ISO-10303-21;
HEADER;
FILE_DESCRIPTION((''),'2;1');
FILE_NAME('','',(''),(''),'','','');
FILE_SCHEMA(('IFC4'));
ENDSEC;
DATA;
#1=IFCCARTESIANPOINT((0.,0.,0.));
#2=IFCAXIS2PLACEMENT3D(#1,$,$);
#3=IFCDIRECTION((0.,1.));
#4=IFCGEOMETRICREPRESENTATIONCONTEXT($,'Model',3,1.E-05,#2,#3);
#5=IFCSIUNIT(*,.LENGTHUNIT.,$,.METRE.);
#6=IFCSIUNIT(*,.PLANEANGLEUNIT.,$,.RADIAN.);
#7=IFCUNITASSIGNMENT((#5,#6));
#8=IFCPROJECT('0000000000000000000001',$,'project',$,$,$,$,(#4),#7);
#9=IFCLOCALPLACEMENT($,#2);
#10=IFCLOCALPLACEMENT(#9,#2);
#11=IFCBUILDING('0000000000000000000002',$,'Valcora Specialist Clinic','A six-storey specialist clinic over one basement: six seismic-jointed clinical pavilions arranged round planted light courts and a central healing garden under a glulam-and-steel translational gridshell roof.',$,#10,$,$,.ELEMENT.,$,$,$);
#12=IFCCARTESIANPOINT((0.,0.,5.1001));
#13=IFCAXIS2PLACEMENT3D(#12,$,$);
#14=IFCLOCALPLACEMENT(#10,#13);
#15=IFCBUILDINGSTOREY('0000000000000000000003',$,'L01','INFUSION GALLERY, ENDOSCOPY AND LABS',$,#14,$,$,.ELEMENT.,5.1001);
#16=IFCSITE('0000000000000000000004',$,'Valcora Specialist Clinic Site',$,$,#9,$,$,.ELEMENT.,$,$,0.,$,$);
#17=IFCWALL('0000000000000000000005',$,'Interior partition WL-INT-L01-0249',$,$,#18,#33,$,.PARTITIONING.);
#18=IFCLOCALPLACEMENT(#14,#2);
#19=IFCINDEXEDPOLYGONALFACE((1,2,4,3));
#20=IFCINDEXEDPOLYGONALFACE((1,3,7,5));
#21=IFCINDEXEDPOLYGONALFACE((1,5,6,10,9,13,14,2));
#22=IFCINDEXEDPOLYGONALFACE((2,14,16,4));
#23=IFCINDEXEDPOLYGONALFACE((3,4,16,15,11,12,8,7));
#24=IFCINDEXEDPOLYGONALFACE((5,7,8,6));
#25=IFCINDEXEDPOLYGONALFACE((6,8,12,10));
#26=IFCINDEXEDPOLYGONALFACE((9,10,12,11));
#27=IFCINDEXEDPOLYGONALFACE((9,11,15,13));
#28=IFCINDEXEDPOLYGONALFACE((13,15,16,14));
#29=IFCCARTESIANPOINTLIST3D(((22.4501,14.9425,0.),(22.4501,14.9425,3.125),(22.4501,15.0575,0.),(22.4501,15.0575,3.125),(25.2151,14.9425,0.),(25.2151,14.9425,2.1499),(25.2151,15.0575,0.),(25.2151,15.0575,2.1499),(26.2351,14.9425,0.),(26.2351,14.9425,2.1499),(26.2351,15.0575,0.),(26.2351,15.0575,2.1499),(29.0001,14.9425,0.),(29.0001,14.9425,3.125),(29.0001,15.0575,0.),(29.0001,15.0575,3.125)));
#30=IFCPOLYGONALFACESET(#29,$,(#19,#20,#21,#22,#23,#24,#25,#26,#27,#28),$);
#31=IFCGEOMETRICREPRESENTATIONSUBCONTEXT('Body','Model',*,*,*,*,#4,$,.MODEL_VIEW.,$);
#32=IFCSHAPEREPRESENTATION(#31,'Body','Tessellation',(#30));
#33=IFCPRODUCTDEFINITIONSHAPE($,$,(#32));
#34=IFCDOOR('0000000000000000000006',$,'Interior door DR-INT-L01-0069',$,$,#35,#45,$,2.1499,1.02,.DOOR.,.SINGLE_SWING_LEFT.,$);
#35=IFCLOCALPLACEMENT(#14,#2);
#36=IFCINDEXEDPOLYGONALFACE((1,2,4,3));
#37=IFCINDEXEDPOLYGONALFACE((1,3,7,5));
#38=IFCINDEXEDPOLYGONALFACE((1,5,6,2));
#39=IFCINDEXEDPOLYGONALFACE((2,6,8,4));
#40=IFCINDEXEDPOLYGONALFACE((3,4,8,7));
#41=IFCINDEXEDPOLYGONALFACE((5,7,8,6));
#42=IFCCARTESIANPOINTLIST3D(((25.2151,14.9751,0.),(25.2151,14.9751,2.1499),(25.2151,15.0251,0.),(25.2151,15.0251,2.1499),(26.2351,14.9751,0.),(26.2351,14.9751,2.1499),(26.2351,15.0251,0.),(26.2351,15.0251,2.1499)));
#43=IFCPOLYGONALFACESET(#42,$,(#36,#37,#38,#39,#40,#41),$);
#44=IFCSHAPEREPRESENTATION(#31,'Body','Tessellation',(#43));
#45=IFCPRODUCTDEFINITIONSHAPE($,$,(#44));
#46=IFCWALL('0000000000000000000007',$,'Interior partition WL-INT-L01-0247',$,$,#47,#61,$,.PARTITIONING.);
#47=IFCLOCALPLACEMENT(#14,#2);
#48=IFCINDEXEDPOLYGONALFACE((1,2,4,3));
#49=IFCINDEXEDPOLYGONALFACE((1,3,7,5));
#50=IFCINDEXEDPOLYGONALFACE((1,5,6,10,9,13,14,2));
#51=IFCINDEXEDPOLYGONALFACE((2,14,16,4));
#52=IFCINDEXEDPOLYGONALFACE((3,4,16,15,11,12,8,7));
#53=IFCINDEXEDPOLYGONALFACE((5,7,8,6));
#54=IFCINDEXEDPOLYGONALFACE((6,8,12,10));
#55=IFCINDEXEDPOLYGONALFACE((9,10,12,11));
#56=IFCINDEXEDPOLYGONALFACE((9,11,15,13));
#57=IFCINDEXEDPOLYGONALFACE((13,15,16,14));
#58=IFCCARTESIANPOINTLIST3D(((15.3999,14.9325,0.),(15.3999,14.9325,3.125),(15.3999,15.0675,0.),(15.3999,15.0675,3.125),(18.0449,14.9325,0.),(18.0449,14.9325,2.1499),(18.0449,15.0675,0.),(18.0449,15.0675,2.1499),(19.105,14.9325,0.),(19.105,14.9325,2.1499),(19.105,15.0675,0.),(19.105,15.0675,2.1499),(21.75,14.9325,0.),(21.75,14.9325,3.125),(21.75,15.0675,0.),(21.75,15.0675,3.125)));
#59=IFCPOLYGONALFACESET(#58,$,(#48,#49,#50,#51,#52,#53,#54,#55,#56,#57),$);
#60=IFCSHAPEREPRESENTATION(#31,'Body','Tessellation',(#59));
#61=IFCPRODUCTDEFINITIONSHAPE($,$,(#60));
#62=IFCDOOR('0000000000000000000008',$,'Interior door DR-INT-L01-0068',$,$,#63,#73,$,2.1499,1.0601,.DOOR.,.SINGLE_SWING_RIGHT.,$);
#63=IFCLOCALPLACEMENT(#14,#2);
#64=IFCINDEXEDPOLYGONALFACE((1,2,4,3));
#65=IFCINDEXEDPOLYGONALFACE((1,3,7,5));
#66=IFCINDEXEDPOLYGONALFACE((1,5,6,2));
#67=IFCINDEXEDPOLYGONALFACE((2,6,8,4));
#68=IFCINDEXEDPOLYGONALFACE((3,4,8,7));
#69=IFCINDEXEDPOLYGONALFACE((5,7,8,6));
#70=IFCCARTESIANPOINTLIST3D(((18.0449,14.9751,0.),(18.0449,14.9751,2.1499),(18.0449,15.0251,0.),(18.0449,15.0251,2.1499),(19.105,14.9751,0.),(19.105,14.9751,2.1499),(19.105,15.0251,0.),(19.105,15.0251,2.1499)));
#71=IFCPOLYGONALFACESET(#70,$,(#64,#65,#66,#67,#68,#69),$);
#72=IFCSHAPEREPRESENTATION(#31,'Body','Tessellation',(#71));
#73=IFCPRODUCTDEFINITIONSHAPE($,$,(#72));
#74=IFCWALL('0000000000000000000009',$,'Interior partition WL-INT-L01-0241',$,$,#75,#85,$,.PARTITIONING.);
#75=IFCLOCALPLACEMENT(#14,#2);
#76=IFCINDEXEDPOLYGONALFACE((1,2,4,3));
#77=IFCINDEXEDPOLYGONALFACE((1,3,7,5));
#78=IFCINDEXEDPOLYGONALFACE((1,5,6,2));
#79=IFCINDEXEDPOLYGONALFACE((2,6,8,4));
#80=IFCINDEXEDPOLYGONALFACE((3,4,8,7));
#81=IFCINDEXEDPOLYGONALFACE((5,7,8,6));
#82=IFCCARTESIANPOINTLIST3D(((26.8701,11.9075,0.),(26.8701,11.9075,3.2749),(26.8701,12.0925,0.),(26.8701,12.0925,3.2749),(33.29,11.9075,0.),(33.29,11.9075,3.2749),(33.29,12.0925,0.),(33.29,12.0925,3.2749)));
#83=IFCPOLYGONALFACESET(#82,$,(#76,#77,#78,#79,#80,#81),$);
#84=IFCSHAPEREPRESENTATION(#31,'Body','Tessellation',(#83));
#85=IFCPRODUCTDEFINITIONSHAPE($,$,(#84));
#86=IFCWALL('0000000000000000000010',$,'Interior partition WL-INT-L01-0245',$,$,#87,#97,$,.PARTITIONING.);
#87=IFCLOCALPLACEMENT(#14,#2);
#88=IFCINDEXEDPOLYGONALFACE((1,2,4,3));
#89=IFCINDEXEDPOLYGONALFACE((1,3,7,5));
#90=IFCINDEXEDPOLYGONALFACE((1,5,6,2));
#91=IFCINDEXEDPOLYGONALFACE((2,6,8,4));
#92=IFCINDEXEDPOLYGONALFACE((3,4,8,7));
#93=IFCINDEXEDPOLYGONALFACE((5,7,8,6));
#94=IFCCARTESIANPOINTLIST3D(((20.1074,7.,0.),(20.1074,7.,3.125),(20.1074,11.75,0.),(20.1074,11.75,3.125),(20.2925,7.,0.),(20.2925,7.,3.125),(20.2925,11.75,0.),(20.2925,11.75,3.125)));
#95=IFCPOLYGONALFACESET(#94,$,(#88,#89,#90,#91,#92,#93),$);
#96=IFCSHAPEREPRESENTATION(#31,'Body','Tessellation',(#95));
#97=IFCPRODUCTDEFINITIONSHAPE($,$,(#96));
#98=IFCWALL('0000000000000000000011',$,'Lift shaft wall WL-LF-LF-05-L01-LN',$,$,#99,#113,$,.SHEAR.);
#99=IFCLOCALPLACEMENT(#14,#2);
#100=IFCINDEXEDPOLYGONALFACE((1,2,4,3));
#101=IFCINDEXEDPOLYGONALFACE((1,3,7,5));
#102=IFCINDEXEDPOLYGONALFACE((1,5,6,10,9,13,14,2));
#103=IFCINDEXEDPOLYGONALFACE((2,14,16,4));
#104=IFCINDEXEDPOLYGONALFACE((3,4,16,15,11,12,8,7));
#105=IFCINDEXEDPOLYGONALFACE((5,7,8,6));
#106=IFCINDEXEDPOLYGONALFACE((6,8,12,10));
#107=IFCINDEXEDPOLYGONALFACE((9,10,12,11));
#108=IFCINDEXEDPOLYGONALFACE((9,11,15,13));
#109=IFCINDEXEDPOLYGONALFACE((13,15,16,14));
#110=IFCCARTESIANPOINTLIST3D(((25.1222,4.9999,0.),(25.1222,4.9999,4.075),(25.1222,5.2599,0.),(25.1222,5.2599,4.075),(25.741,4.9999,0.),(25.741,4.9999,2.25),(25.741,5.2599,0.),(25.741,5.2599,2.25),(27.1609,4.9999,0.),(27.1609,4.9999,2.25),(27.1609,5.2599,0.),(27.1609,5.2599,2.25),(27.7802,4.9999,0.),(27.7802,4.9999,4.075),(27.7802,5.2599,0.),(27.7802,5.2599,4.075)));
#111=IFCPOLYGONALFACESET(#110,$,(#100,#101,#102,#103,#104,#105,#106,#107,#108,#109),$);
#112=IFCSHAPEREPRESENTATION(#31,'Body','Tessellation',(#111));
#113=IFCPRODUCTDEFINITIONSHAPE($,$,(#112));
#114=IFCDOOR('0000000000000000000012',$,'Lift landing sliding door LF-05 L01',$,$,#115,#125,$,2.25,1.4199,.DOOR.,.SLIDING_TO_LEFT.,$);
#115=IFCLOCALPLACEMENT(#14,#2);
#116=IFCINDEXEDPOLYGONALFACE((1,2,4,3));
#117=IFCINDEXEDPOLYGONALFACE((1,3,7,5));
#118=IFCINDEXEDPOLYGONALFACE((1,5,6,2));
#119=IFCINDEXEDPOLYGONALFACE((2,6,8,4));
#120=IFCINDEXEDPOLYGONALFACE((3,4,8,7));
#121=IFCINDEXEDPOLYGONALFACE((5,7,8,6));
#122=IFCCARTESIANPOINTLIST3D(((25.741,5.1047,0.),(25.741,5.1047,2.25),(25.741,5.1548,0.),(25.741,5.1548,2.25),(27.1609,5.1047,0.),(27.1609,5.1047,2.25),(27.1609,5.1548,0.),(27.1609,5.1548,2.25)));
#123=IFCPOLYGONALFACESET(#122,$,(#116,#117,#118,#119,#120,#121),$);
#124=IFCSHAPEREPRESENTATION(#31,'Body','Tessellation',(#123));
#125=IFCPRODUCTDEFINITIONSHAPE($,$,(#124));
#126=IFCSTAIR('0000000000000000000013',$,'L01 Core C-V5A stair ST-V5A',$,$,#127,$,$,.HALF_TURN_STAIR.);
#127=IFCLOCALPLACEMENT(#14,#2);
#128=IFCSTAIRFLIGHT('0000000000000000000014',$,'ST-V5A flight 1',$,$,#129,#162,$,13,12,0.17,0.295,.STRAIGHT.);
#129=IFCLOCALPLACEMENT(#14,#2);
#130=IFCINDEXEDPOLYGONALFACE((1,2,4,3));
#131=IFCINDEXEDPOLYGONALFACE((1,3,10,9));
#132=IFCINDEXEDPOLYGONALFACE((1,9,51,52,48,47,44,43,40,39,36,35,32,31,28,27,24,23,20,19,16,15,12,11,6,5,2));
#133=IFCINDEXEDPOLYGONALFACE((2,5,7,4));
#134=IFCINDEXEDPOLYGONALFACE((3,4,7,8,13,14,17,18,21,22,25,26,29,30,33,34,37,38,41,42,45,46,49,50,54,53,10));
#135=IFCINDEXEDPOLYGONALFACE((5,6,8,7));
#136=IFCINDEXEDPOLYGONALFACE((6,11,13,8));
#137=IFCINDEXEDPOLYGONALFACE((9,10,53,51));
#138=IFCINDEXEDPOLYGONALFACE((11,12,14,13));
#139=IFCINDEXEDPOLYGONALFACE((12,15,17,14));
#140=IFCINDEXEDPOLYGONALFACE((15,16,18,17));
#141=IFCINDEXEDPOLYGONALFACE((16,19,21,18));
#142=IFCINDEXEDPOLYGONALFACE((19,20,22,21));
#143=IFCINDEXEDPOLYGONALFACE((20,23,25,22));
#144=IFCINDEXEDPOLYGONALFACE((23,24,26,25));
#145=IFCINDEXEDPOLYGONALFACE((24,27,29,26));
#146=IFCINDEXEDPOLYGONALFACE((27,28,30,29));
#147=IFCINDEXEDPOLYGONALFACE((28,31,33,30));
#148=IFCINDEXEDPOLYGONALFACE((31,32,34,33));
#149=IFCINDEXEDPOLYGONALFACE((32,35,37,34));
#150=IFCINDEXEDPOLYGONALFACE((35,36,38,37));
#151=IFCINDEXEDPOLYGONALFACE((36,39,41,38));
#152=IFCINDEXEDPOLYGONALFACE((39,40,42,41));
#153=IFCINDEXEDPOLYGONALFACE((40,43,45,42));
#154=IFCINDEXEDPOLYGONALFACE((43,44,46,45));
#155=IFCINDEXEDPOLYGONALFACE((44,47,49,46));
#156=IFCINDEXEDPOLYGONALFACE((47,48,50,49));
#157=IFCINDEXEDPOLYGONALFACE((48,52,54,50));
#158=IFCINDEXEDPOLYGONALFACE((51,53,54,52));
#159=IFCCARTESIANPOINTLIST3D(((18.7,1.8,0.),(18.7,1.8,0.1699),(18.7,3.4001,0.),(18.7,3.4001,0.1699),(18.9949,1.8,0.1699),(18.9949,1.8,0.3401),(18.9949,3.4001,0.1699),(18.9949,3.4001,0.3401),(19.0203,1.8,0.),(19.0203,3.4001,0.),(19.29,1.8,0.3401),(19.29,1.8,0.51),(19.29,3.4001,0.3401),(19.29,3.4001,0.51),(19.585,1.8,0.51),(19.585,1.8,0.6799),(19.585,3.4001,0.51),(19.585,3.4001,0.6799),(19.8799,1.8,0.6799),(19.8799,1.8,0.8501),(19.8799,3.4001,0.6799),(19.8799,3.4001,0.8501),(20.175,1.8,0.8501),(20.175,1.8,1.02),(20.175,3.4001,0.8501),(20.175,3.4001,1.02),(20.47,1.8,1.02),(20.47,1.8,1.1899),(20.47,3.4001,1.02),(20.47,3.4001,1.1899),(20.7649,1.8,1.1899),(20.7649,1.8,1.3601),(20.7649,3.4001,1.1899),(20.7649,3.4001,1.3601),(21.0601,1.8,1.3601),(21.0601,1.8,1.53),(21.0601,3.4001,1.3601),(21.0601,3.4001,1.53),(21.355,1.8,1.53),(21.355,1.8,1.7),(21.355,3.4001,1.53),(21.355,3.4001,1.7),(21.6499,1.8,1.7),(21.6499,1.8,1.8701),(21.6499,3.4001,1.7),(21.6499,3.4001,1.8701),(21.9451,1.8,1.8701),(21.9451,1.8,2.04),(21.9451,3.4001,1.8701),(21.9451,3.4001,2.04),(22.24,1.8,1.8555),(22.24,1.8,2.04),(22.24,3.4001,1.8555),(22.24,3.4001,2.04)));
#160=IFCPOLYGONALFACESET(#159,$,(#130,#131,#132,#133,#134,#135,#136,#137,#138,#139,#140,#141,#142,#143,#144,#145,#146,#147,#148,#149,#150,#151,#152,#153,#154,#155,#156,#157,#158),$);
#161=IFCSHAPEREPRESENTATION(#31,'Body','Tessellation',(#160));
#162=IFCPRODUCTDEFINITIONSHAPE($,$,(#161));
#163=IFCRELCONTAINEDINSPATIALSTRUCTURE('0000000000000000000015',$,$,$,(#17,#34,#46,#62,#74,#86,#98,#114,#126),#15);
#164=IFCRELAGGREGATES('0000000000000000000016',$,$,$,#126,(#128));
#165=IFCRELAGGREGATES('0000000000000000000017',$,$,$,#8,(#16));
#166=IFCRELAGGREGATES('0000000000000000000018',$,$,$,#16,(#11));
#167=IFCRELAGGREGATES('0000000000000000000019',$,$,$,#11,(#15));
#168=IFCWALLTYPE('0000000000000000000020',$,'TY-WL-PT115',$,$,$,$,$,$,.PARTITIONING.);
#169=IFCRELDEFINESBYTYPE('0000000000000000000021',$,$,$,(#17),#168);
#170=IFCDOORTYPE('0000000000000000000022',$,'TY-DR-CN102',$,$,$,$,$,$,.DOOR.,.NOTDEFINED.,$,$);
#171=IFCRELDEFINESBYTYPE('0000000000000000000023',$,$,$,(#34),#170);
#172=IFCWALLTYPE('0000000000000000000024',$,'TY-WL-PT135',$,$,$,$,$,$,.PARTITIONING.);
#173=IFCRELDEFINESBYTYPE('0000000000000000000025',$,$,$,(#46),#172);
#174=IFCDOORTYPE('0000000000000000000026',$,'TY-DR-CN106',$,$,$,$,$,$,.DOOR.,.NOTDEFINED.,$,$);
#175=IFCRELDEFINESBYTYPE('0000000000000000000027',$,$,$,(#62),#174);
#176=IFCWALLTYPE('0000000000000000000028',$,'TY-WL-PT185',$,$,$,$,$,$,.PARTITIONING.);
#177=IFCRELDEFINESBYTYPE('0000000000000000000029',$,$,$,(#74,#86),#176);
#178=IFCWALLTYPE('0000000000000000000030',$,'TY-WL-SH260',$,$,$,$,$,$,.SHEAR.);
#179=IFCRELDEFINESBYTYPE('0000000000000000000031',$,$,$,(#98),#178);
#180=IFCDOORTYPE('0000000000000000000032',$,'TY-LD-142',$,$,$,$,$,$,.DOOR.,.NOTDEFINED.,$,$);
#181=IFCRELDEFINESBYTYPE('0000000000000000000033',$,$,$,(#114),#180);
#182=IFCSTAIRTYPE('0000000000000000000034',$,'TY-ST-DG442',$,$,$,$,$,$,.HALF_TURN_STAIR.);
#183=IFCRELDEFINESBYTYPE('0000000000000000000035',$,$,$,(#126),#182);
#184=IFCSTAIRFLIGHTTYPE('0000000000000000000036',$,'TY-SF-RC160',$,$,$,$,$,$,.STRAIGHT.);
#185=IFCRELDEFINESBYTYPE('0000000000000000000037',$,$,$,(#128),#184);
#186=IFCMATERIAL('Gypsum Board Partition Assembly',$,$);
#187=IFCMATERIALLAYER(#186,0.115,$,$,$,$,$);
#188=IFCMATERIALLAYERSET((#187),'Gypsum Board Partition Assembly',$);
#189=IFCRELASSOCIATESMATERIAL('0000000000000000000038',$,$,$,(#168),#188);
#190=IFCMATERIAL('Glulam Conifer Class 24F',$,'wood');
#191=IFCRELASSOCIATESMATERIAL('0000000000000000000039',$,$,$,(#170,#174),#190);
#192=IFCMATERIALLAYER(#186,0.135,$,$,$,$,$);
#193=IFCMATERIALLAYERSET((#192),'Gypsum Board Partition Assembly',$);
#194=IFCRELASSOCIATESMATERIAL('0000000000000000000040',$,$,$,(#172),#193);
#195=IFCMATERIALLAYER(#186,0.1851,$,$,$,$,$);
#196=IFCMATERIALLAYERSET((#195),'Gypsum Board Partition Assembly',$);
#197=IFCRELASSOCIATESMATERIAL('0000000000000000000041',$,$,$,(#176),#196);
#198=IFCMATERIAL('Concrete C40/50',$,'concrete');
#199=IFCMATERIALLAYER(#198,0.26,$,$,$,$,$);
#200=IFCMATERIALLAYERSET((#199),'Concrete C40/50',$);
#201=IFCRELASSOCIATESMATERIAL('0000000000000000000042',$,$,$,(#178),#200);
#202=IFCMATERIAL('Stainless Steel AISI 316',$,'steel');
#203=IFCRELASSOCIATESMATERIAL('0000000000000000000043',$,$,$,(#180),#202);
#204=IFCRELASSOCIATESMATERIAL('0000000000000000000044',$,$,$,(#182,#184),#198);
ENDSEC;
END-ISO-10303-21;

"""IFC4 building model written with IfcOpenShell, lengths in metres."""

from ifc_helpers import new_model, si_unit, direction, frame, frame_2d, origin, place, context, subcontext, project, spatial, polyline, rectangle, outline, extrude, material, layer, layer_set, type_object, element, fill, aggregate, save


model = new_model("IFC4")

# Units and contexts
model_context = context("Model", 3, precision=1e-05, world=origin(), true_north=direction((0.0, 1.0)))
body_context = subcontext(model_context, "Body", "Model", "MODEL_VIEW")
ifc_project = project(units=[si_unit("LENGTHUNIT", "METRE"), si_unit("PLANEANGLEUNIT", "RADIAN")], contexts=[model_context])

# Site, building, storey
site_placement = place(None, origin())
site = spatial("IfcSite", under=ifc_project, at=site_placement, Name="Valcora Specialist Clinic Site", CompositionType="ELEMENT", RefElevation=0.0)
building_placement = place(site_placement, origin())
building = spatial("IfcBuilding", under=site, at=building_placement, Name="Valcora Specialist Clinic", Description="A six-storey specialist clinic over one basement: six seismic-jointed clinical pavilions arranged round planted light courts and a central healing garden under a glulam-and-steel translational gridshell roof.", CompositionType="ELEMENT")
storey_placement = place(building_placement, frame((0.0, 0.0, 5.1001)))
storey = spatial("IfcBuildingStorey", under=building, at=storey_placement, Name="L01", Description="INFUSION GALLERY, ENDOSCOPY AND LABS", CompositionType="ELEMENT", Elevation=5.1001)

# Shared definitions
ifc_material_1 = material(Name="Concrete C40/50", Category="concrete")

# Shared definitions
ifc_material_2 = material(Name="Gypsum Board Partition Assembly")

# Walls, openings, doors
ifc_layer_1 = layer(ifc_material_2, 0.115)
ifc_layer_set_1 = layer_set([ifc_layer_1], Name="Gypsum Board Partition Assembly")
wall_type_1 = type_object("IfcWallType", Name="TY-WL-PT115", PredefinedType="PARTITIONING", material=ifc_layer_set_1)
wall_1_placement = place(storey_placement, frame((29.0, 15.0, 0.0), z_axis=(0.0, 0.0, 1.0), x_axis=(-1.0, 0.0, 0.0)))
wall_1 = element("IfcWall", 1, at=wall_1_placement, inside=storey, type_object=wall_type_1, Name="Interior partition WL-INT-L01-0249", PredefinedType="PARTITIONING", context=body_context, shape_type="SweptSolid", body=[
    extrude(rectangle(XDim=6.55, YDim=0.115, at=frame_2d((3.2749, 0.0))), origin(), (0.0, 0.0, 1.0), 3.125),
])
opening_1_placement = place(wall_1_placement, frame((2.7649, 0.0, 0.0)))
opening_1 = element("IfcOpeningElement", 2, at=opening_1_placement, cuts=wall_1, PredefinedType="OPENING", context=body_context, shape_type="SweptSolid", body=[
    extrude(rectangle(XDim=1.02, YDim=2.1499, at=frame_2d((0.51, 1.075))), frame((0.0, 0.0674, 0.0), z_axis=(0.0, -1.0, 0.0), x_axis=(1.0, 0.0, 0.0)), (0.0, 0.0, 1.0), 0.135),
])
ifc_material_3 = material(Name="Glulam Conifer Class 24F", Category="wood")
door_type_1 = type_object("IfcDoorType", Name="TY-DR-CN102", OperationType="NOTDEFINED", PredefinedType="DOOR", material=ifc_material_3)
door_1_placement = place(opening_1_placement, origin())
door_1 = element("IfcDoor", 3, at=door_1_placement, inside=storey, type_object=door_type_1, Name="Interior door DR-INT-L01-0069", OperationType="SINGLE_SWING_LEFT", OverallHeight=2.1499, OverallWidth=1.02, PredefinedType="DOOR", context=body_context, shape_type="SweptSolid", body=[
    extrude(rectangle(XDim=1.02, YDim=2.1499, at=frame_2d((0.51, 1.075))), frame((0.0, 0.0249, 0.0), z_axis=(0.0, -1.0, 0.0), x_axis=(1.0, 0.0, 0.0)), (0.0, 0.0, 1.0), 0.05),
])
fill(opening_1, door_1)
ifc_layer_2 = layer(ifc_material_2, 0.135)
ifc_layer_set_2 = layer_set([ifc_layer_2], Name="Gypsum Board Partition Assembly")
wall_type_2 = type_object("IfcWallType", Name="TY-WL-PT135", PredefinedType="PARTITIONING", material=ifc_layer_set_2)
wall_2_placement = place(storey_placement, frame((21.75, 15.0, 0.0), z_axis=(0.0, 0.0, 1.0), x_axis=(-1.0, 0.0, 0.0)))
wall_2 = element("IfcWall", 4, at=wall_2_placement, inside=storey, type_object=wall_type_2, Name="Interior partition WL-INT-L01-0247", PredefinedType="PARTITIONING", context=body_context, shape_type="SweptSolid", body=[
    extrude(rectangle(XDim=6.3501, YDim=0.135, at=frame_2d((3.175, 0.0))), origin(), (0.0, 0.0, 1.0), 3.125),
])
opening_2_placement = place(wall_2_placement, frame((2.645, 0.0, 0.0)))
opening_2 = element("IfcOpeningElement", 5, at=opening_2_placement, cuts=wall_2, PredefinedType="OPENING", context=body_context, shape_type="SweptSolid", body=[
    extrude(rectangle(XDim=1.0601, YDim=2.1499, at=frame_2d((0.53, 1.075))), frame((0.0, 0.0774, 0.0), z_axis=(0.0, -1.0, 0.0), x_axis=(1.0, 0.0, 0.0)), (0.0, 0.0, 1.0), 0.155),
])
door_type_2 = type_object("IfcDoorType", Name="TY-DR-CN106", OperationType="NOTDEFINED", PredefinedType="DOOR", material=ifc_material_3)
door_2_placement = place(opening_2_placement, origin())
door_2 = element("IfcDoor", 6, at=door_2_placement, inside=storey, type_object=door_type_2, Name="Interior door DR-INT-L01-0068", OperationType="SINGLE_SWING_RIGHT", OverallHeight=2.1499, OverallWidth=1.0601, PredefinedType="DOOR", context=body_context, shape_type="SweptSolid", body=[
    extrude(rectangle(XDim=1.0601, YDim=2.1499, at=frame_2d((0.53, 1.075))), frame((0.0, 0.0249, 0.0), z_axis=(0.0, -1.0, 0.0), x_axis=(1.0, 0.0, 0.0)), (0.0, 0.0, 1.0), 0.05),
])
fill(opening_2, door_2)
ifc_layer_3 = layer(ifc_material_2, 0.1851)
ifc_layer_set_3 = layer_set([ifc_layer_3], Name="Gypsum Board Partition Assembly")
wall_type_3 = type_object("IfcWallType", Name="TY-WL-PT185", PredefinedType="PARTITIONING", material=ifc_layer_set_3)
ifc_material_4 = material(Name="Stainless Steel AISI 316", Category="steel")

# Walls
wall_3_placement = place(storey_placement, frame((26.8701, 12.0, 0.0), z_axis=(0.0, 0.0, 1.0), x_axis=(1.0, 0.0, 0.0)))
element("IfcWall", 7, at=wall_3_placement, inside=storey, type_object=wall_type_3, Name="Interior partition WL-INT-L01-0241", PredefinedType="PARTITIONING", context=body_context, shape_type="SweptSolid", body=[
    extrude(rectangle(XDim=6.4199, YDim=0.1851, at=frame_2d((3.21, 0.0))), origin(), (0.0, 0.0, 1.0), 3.2749),
])
wall_4_placement = place(storey_placement, frame((20.2, 7.0, 0.0), z_axis=(0.0, 0.0, 1.0), x_axis=(0.0, 1.0, 0.0)))
element("IfcWall", 8, at=wall_4_placement, inside=storey, type_object=wall_type_3, Name="Interior partition WL-INT-L01-0245", PredefinedType="PARTITIONING", context=body_context, shape_type="SweptSolid", body=[
    extrude(rectangle(XDim=4.75, YDim=0.1851, at=frame_2d((2.375, 0.0))), origin(), (0.0, 0.0, 1.0), 3.125),
])

# Wall, opening, door
ifc_layer_4 = layer(ifc_material_1, 0.26)
ifc_layer_set_4 = layer_set([ifc_layer_4], Name="Concrete C40/50")
wall_type_4 = type_object("IfcWallType", Name="TY-WL-SH260", PredefinedType="SHEAR", material=ifc_layer_set_4)
wall_5_placement = place(storey_placement, frame((25.1221, 5.1299, 0.0), z_axis=(0.0, 0.0, 1.0), x_axis=(1.0, 0.0, 0.0)))
wall_5 = element("IfcWall", 9, at=wall_5_placement, inside=storey, type_object=wall_type_4, Name="Lift shaft wall WL-LF-LF-05-L01-LN", PredefinedType="SHEAR", context=body_context, shape_type="SweptSolid", body=[
    extrude(rectangle(XDim=2.658, YDim=0.26, at=frame_2d((1.3291, 0.0))), origin(), (0.0, 0.0, 1.0), 4.075),
])
opening_3_placement = place(wall_5_placement, frame((0.6189, 0.0, 0.0)))
opening_3 = element("IfcOpeningElement", 10, at=opening_3_placement, cuts=wall_5, PredefinedType="OPENING", context=body_context, shape_type="SweptSolid", body=[
    extrude(rectangle(XDim=1.4199, YDim=2.25, at=frame_2d((0.71, 1.125))), frame((0.0, 0.1399, 0.0), z_axis=(0.0, -1.0, 0.0), x_axis=(1.0, 0.0, 0.0)), (0.0, 0.0, 1.0), 0.28),
])
door_type_3 = type_object("IfcDoorType", Name="TY-LD-142", OperationType="NOTDEFINED", PredefinedType="DOOR", material=ifc_material_4)
door_3_placement = place(opening_3_placement, origin())
door_3 = element("IfcDoor", 11, at=door_3_placement, inside=storey, type_object=door_type_3, Name="Lift landing sliding door LF-05 L01", OperationType="SLIDING_TO_LEFT", OverallHeight=2.25, OverallWidth=1.4199, PredefinedType="DOOR", context=body_context, shape_type="SweptSolid", body=[
    extrude(rectangle(XDim=1.4199, YDim=2.25, at=frame_2d((0.71, 1.125))), frame((0.0, 0.0249, 0.0), z_axis=(0.0, -1.0, 0.0), x_axis=(1.0, 0.0, 0.0)), (0.0, 0.0, 1.0), 0.05),
])
fill(opening_3, door_3)

# Stair, stair flight
stair_type = type_object("IfcStairType", Name="TY-ST-DG442", PredefinedType="HALF_TURN_STAIR", material=ifc_material_1)
stair_placement = place(storey_placement, origin())
stair = element("IfcStair", 12, at=stair_placement, inside=storey, type_object=stair_type, Name="L01 Core C-V5A stair ST-V5A", PredefinedType="HALF_TURN_STAIR")
stair_flight_type = type_object("IfcStairFlightType", Name="TY-SF-RC160", PredefinedType="STRAIGHT", material=ifc_material_1)
stair_flight_1_placement = place(storey_placement, frame((18.7, 2.6001, 0.0), z_axis=(0.0, 0.0, 1.0), x_axis=(1.0, 0.0, 0.0)))
stair_flight_1 = element("IfcStairFlight", 13, at=stair_flight_1_placement, type_object=stair_flight_type, Name="ST-V5A flight 1", NumberOfRisers=13, NumberOfTreads=12, PredefinedType="STRAIGHT", RiserHeight=0.17, TreadLength=0.295, context=body_context, shape_type="SweptSolid", body=[
    extrude(outline(polyline([(0.0, 0.0), (0.0, 0.1699), (0.2949, 0.1699), (0.2949, 0.3401), (0.5901, 0.3401), (0.5901, 0.51), (0.885, 0.51), (0.885, 0.6799), (1.1799, 0.6799), (1.1799, 0.8501), (1.4751, 0.8501), (1.4751, 1.02), (1.77, 1.02), (1.77, 1.1899), (2.0649, 1.1899), (2.0649, 1.3601), (2.3601, 1.3601), (2.3601, 1.53), (2.655, 1.53), (2.655, 1.7), (2.95, 1.7), (2.95, 1.8701), (3.2451, 1.8701), (3.2451, 2.04), (3.54, 2.04), (3.54, 2.21), (3.54, 1.8555), (0.3203, 0.0), (0.0, 0.0)])), frame((0.0, 0.8, 0.0), z_axis=(0.0, -1.0, 0.0), x_axis=(1.0, 0.0, 0.0)), (0.0, 0.0, 1.0), 1.6001),
])
aggregate(stair, [stair_flight_1])

save(model, "model.ifc")
